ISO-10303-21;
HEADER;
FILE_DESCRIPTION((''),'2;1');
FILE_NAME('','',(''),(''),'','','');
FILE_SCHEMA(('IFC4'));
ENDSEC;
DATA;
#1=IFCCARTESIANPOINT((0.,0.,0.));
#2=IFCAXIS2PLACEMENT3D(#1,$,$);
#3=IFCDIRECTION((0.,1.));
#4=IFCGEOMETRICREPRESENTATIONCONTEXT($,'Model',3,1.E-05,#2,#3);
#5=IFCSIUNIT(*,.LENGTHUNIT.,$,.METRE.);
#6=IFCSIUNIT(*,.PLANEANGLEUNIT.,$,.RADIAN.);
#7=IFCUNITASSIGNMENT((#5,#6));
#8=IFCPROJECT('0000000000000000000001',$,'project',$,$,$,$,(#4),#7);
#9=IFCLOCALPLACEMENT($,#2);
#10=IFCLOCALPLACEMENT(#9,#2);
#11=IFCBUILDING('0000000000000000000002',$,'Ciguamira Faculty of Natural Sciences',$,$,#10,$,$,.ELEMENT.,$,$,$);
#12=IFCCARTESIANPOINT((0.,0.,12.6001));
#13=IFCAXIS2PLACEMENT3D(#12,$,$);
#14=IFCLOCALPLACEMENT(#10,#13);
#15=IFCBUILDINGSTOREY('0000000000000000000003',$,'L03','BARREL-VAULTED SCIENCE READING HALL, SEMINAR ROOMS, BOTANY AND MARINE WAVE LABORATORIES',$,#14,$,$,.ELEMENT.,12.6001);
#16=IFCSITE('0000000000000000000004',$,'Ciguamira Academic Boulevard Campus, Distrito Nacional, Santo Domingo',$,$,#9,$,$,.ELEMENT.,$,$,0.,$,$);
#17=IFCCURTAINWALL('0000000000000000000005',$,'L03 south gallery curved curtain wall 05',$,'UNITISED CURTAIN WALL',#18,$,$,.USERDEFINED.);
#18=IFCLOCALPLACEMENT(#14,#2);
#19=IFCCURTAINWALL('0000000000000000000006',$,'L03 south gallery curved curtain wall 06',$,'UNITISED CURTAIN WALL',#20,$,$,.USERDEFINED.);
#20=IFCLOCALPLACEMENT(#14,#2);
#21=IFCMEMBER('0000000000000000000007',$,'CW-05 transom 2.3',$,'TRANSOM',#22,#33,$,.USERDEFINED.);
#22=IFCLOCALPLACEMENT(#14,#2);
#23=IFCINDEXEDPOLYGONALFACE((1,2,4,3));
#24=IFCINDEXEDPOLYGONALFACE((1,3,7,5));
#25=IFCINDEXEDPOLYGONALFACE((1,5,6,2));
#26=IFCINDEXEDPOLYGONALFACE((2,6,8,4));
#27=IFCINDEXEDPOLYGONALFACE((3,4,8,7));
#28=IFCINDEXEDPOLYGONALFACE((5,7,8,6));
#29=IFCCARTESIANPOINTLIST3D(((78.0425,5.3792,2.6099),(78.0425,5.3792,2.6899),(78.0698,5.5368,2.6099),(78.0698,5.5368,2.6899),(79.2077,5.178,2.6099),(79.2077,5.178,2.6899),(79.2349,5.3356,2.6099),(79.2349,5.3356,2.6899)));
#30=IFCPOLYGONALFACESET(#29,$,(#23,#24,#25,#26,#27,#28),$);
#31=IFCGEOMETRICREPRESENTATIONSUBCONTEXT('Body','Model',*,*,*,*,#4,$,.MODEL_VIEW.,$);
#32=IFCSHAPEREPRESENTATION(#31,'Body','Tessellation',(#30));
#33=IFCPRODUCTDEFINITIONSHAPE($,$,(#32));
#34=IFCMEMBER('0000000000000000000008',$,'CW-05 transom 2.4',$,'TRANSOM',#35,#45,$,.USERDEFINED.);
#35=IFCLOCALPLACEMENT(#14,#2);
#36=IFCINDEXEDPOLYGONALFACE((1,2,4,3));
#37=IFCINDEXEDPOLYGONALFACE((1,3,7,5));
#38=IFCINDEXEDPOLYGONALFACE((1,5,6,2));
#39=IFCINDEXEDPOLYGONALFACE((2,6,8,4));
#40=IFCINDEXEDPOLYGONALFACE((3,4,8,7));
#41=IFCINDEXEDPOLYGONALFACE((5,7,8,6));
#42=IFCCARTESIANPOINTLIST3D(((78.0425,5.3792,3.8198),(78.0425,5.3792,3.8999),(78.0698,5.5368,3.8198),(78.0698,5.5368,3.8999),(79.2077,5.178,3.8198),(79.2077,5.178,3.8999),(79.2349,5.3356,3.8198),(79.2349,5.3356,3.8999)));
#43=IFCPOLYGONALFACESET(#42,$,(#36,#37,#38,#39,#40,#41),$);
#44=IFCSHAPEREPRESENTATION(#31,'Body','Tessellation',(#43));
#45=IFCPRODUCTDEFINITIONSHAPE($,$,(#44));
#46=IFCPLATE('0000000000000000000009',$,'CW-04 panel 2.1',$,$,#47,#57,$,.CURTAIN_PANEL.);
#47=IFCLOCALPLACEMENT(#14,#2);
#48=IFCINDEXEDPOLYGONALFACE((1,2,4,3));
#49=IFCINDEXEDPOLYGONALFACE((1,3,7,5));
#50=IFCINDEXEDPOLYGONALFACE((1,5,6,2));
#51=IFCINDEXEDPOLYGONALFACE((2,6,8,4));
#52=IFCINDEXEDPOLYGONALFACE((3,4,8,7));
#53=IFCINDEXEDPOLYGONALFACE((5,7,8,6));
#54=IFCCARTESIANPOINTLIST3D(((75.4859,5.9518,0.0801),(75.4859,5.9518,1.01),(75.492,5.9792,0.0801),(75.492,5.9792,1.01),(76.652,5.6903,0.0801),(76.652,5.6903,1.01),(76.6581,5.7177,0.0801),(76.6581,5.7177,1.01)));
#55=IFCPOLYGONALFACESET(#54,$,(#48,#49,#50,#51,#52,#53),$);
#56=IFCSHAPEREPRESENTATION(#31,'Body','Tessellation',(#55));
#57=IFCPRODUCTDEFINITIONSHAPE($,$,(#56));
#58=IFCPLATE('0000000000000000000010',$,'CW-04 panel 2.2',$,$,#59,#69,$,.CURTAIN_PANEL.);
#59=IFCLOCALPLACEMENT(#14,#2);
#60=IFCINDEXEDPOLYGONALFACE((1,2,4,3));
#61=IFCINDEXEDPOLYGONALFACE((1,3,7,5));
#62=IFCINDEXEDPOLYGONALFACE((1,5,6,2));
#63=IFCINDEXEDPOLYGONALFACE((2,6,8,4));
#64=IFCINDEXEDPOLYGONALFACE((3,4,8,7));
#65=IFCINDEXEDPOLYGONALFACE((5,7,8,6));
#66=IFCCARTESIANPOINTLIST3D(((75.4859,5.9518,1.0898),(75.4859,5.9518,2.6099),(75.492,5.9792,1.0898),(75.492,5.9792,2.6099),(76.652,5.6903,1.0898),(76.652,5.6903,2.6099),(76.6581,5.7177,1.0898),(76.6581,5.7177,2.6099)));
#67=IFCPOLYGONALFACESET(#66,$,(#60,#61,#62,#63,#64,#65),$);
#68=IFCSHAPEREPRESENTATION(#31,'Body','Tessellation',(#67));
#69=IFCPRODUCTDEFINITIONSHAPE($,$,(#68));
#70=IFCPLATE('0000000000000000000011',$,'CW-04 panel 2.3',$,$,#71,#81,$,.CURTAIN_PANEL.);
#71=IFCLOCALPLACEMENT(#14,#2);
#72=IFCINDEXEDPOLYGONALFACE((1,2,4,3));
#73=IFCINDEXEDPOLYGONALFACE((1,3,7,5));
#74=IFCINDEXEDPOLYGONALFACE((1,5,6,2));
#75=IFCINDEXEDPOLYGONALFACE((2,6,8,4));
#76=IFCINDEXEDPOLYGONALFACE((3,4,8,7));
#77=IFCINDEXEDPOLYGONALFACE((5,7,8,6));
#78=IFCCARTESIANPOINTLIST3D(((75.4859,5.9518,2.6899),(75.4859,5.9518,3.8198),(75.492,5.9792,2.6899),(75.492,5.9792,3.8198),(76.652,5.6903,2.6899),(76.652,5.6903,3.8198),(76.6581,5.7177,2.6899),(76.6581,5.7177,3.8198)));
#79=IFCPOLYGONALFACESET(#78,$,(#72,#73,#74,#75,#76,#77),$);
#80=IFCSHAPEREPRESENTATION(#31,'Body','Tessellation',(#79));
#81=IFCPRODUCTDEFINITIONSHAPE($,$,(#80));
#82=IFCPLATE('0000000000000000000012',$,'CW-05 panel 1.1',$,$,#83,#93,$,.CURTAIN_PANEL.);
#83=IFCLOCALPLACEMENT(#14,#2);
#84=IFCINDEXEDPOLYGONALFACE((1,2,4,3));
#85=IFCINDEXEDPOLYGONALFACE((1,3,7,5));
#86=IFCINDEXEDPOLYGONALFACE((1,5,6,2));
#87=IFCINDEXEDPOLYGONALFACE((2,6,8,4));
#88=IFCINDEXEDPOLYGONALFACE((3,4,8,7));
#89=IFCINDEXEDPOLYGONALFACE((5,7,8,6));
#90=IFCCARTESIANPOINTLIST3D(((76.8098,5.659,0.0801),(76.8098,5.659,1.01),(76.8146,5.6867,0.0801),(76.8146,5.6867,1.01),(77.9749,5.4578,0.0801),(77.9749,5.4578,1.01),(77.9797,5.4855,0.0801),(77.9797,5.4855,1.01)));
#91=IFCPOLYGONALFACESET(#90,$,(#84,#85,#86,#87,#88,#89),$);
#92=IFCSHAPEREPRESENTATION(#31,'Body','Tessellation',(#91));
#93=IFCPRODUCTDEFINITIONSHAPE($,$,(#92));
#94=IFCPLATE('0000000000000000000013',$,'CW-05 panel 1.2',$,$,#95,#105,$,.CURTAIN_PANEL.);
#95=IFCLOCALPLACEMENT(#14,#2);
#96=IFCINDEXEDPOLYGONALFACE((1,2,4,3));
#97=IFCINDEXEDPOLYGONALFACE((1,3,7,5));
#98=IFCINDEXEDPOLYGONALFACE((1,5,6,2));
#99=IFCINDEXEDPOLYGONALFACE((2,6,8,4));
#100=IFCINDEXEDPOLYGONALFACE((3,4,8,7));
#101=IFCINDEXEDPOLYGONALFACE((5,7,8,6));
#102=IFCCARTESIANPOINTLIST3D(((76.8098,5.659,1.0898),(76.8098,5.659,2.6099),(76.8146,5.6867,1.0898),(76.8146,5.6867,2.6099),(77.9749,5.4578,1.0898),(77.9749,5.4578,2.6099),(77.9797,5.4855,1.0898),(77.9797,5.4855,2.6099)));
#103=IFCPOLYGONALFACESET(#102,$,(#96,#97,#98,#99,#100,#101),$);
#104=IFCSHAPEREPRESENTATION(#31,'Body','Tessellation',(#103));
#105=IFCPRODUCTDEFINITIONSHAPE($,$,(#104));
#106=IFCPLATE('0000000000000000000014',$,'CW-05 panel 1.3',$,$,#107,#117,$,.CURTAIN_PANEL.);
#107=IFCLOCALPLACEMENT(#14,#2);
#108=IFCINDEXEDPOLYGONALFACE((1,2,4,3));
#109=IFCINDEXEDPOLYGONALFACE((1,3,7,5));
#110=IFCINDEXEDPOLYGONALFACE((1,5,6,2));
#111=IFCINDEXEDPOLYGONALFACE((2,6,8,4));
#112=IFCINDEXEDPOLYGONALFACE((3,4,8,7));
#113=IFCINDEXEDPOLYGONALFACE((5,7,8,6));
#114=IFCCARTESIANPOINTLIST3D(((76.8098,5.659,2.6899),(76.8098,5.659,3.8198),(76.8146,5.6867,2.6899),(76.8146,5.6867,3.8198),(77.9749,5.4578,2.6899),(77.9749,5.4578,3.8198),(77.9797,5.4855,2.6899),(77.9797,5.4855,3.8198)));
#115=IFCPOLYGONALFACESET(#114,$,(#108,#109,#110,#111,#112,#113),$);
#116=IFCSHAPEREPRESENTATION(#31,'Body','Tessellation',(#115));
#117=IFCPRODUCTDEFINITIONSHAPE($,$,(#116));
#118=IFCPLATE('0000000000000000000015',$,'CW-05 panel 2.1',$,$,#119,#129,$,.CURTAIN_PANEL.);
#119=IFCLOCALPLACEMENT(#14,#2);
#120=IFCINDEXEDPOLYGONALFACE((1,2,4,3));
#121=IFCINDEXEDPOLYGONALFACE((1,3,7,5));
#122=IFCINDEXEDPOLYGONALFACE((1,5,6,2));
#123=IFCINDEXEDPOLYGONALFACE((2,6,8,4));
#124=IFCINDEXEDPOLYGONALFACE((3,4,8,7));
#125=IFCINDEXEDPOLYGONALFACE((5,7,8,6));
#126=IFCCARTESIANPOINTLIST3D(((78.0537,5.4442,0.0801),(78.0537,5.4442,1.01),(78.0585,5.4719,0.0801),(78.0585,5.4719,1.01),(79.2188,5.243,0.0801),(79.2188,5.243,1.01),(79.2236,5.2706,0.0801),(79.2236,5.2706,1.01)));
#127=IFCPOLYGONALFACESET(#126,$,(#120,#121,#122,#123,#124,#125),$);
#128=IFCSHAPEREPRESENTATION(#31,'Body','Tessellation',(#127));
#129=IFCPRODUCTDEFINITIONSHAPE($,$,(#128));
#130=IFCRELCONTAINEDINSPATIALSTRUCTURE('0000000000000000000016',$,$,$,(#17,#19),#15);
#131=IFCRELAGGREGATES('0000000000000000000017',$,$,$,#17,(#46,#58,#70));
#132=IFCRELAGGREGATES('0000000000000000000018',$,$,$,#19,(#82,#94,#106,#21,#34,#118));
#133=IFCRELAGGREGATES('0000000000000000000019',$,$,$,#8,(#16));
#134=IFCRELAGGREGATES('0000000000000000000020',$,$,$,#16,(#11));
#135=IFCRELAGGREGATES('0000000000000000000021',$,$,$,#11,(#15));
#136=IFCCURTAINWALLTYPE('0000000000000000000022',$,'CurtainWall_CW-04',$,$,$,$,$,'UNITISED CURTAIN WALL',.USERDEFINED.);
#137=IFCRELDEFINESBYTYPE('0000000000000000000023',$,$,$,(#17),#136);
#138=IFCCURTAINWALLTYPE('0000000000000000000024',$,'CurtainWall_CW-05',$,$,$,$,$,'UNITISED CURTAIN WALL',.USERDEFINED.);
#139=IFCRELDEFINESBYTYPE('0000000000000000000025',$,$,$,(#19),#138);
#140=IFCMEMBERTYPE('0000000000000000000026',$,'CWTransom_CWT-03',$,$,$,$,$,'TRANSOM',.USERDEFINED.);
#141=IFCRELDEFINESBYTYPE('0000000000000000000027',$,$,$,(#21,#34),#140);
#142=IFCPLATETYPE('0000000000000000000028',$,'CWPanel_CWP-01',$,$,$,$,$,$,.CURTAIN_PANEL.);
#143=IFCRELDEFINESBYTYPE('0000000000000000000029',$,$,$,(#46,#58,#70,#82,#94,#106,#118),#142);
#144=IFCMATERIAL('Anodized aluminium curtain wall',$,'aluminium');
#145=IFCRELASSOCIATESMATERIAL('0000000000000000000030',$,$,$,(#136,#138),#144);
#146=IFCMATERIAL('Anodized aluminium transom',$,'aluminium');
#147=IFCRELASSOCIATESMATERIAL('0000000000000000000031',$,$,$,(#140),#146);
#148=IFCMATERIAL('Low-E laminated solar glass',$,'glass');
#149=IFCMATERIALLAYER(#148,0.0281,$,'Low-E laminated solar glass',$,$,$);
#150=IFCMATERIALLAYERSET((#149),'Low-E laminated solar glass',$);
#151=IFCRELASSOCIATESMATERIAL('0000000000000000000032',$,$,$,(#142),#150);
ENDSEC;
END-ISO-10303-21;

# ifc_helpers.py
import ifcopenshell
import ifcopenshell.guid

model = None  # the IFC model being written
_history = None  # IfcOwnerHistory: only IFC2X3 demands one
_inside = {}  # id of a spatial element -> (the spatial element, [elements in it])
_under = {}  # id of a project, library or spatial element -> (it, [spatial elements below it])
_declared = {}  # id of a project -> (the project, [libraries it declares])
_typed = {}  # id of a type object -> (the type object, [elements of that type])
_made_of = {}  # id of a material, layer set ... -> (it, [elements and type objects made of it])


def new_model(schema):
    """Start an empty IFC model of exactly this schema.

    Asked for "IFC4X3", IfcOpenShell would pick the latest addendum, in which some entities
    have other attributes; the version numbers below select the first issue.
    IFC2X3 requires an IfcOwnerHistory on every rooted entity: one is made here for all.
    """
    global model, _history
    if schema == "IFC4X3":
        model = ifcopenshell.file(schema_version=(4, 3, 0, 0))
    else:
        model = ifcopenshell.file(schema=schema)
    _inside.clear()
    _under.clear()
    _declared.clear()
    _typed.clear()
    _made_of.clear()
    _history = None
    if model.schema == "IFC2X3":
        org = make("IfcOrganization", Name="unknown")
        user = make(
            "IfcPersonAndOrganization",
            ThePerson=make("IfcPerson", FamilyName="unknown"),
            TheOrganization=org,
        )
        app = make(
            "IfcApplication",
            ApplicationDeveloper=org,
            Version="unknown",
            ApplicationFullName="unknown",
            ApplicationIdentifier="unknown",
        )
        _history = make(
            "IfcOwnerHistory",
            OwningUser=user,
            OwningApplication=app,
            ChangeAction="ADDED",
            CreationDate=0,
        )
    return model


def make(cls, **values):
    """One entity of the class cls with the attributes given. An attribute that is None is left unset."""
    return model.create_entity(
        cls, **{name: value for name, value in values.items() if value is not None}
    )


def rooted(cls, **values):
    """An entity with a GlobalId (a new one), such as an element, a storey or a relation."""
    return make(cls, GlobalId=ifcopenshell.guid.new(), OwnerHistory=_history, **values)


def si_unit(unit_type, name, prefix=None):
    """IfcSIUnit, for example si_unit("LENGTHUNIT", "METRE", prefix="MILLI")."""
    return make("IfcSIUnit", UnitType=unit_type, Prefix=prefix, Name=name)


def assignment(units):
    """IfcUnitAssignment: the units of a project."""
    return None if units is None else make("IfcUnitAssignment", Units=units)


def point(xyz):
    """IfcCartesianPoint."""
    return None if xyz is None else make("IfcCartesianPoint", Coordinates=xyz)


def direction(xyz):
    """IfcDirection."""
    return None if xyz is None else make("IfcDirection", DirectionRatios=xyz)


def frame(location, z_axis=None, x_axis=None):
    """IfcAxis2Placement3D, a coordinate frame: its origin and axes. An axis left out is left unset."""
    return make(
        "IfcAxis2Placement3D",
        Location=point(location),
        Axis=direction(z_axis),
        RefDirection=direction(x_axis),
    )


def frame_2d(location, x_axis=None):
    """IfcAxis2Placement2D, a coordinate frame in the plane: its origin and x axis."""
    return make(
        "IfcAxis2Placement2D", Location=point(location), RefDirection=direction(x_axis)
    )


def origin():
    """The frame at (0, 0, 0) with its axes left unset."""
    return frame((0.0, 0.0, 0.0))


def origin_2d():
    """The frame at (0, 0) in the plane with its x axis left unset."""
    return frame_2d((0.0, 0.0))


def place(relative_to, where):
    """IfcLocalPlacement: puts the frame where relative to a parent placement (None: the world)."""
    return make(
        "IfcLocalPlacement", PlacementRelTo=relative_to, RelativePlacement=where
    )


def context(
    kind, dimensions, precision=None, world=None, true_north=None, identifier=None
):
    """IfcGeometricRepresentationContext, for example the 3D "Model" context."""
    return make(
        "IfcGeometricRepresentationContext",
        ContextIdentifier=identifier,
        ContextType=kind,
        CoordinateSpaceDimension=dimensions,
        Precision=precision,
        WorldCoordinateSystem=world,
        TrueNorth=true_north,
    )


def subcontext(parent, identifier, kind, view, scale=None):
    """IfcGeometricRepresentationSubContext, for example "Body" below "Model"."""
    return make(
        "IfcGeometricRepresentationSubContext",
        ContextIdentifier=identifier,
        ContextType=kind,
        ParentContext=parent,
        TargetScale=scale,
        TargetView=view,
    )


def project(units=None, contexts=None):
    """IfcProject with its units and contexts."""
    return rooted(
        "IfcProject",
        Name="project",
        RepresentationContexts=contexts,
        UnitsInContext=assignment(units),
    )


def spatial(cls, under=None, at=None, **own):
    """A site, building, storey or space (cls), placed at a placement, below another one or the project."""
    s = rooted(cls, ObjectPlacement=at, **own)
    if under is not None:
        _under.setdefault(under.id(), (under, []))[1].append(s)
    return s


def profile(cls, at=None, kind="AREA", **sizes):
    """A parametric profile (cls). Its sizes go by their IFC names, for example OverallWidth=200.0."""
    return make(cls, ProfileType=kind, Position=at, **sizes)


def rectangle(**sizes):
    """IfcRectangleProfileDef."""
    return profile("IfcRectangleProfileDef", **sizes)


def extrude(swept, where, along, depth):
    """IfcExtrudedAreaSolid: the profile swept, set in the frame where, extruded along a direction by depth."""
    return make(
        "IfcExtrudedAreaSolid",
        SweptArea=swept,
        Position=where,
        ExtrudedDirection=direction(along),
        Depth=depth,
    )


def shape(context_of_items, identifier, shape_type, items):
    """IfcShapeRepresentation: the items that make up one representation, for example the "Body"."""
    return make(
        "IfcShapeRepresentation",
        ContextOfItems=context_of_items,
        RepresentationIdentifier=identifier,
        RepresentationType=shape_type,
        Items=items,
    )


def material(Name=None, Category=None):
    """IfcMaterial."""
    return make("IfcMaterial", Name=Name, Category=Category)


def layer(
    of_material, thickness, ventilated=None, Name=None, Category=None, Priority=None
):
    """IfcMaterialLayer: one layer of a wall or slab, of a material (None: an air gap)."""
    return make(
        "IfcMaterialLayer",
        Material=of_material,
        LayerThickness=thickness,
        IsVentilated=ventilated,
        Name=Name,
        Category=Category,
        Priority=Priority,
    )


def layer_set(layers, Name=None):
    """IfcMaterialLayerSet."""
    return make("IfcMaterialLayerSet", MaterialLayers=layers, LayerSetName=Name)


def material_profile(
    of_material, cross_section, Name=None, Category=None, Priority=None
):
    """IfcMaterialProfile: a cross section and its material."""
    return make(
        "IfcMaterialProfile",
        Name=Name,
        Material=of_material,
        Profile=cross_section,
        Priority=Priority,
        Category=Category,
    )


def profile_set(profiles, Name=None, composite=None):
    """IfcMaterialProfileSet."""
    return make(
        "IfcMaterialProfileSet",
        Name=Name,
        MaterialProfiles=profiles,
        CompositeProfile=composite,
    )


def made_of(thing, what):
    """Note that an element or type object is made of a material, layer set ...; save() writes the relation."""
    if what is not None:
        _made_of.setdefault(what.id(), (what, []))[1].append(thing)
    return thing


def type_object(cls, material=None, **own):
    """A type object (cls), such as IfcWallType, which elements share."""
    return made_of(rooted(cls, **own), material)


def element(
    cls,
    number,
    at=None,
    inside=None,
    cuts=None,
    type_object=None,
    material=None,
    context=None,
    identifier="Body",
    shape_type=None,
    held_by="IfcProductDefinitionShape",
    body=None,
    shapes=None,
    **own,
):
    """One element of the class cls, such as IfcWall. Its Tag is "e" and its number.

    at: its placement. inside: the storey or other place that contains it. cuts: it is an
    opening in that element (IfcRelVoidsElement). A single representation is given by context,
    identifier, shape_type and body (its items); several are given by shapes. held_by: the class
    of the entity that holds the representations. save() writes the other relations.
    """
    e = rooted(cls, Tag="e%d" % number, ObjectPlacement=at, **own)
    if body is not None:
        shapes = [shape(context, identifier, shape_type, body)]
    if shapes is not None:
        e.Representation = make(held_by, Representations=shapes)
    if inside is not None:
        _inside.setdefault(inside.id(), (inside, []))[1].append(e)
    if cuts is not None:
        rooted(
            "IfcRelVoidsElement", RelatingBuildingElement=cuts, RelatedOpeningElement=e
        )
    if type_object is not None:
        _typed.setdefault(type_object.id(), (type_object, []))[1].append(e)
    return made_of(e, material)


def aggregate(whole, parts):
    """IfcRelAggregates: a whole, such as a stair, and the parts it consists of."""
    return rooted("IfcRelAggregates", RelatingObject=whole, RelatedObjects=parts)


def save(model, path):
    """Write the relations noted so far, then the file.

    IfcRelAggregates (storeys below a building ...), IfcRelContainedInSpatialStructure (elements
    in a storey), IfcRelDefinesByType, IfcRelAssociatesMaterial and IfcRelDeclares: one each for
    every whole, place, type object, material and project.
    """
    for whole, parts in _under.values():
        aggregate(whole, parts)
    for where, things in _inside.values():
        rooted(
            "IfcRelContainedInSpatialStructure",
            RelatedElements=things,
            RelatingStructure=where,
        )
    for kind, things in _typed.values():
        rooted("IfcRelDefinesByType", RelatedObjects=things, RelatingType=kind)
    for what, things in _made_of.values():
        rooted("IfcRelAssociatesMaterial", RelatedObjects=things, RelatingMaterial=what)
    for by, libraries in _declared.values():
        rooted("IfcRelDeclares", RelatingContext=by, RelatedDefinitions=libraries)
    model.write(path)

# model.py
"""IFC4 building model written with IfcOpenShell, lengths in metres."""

from ifc_helpers import new_model, si_unit, direction, frame, origin, origin_2d, place, context, subcontext, project, spatial, rectangle, extrude, material, layer, layer_set, material_profile, profile_set, type_object, element, aggregate, save


model = new_model("IFC4")

# Units and contexts
model_context = context("Model", 3, precision=1e-05, world=origin(), true_north=direction((0.0, 1.0)))
body_context = subcontext(model_context, "Body", "Model", "MODEL_VIEW")
ifc_project = project(units=[si_unit("LENGTHUNIT", "METRE"), si_unit("PLANEANGLEUNIT", "RADIAN")], contexts=[model_context])

# Site, building, storey
site_placement = place(None, origin())
site = spatial("IfcSite", under=ifc_project, at=site_placement, Name="Ciguamira Academic Boulevard Campus, Distrito Nacional, Santo Domingo", CompositionType="ELEMENT", RefElevation=0.0)
building_placement = place(site_placement, origin())
building = spatial("IfcBuilding", under=site, at=building_placement, Name="Ciguamira Faculty of Natural Sciences", CompositionType="ELEMENT")
storey_placement = place(building_placement, frame((0.0, 0.0, 12.6001)))
storey = spatial("IfcBuildingStorey", under=building, at=storey_placement, Name="L03", Description="BARREL-VAULTED SCIENCE READING HALL, SEMINAR ROOMS, BOTANY AND MARINE WAVE LABORATORIES", CompositionType="ELEMENT", Elevation=12.6001)

# Curtain wall
ifc_material_1 = material(Name="Anodized aluminium curtain wall", Category="aluminium")
curtain_wall_type_1 = type_object("IfcCurtainWallType", Name="CurtainWall_CW-04", ElementType="UNITISED CURTAIN WALL", PredefinedType="USERDEFINED", material=ifc_material_1)
curtain_wall_1_placement = place(storey_placement, origin())
curtain_wall_1 = element("IfcCurtainWall", 1, at=curtain_wall_1_placement, inside=storey, type_object=curtain_wall_type_1, Name="L03 south gallery curved curtain wall 05", ObjectType="UNITISED CURTAIN WALL", PredefinedType="USERDEFINED")

# Curtain wall
curtain_wall_type_2 = type_object("IfcCurtainWallType", Name="CurtainWall_CW-05", ElementType="UNITISED CURTAIN WALL", PredefinedType="USERDEFINED", material=ifc_material_1)
curtain_wall_2_placement = place(storey_placement, origin())
curtain_wall_2 = element("IfcCurtainWall", 2, at=curtain_wall_2_placement, inside=storey, type_object=curtain_wall_type_2, Name="L03 south gallery curved curtain wall 06", ObjectType="UNITISED CURTAIN WALL", PredefinedType="USERDEFINED")

# Members
ifc_material_2 = material(Name="Anodized aluminium transom", Category="aluminium")
ifc_material_profile_1 = material_profile(ifc_material_2, rectangle(XDim=0.0801, YDim=0.1599, at=origin_2d()), Name="ALU-TRN-80X160")
ifc_profile_set_1 = profile_set([ifc_material_profile_1], Name="Anodized aluminium transom")
member_type_1 = type_object("IfcMemberType", Name="CWTransom_CWT-03", ElementType="TRANSOM", PredefinedType="USERDEFINED", material=ifc_profile_set_1)
member_1_placement = place(storey_placement, frame((78.0562, 5.458, 2.6499), z_axis=(0.985417, -0.170156, 0.0), x_axis=(0.0, 0.0, 1.0)))
member_1 = element("IfcMember", 3, at=member_1_placement, type_object=member_type_1, Name="CW-05 transom 2.3", ObjectType="TRANSOM", PredefinedType="USERDEFINED", context=body_context, shape_type="SweptSolid", body=[
    extrude(rectangle(XDim=0.0801, YDim=0.1599, at=origin_2d()), origin(), (0.0, 0.0, 1.0), 1.1824),
])
member_2_placement = place(storey_placement, frame((78.0562, 5.458, 3.8599), z_axis=(0.985417, -0.170156, 0.0), x_axis=(0.0, 0.0, 1.0)))
member_2 = element("IfcMember", 4, at=member_2_placement, type_object=member_type_1, Name="CW-05 transom 2.4", ObjectType="TRANSOM", PredefinedType="USERDEFINED", context=body_context, shape_type="SweptSolid", body=[
    extrude(rectangle(XDim=0.0801, YDim=0.1599, at=origin_2d()), origin(), (0.0, 0.0, 1.0), 1.1824),
])

# Plates
ifc_material_3 = material(Name="Low-E laminated solar glass", Category="glass")
ifc_layer = layer(ifc_material_3, 0.0281, Name="Low-E laminated solar glass")
ifc_layer_set = layer_set([ifc_layer], Name="Low-E laminated solar glass")
plate_type = type_object("IfcPlateType", Name="CWPanel_CWP-01", PredefinedType="CURTAIN_PANEL", material=ifc_layer_set)
plate_1_placement = place(storey_placement, frame((76.072, 5.8347, 0.0801), z_axis=(0.0, 0.0, 1.0), x_axis=(0.975763, -0.21883, 0.0)))
plate_1 = element("IfcPlate", 5, at=plate_1_placement, type_object=plate_type, Name="CW-04 panel 2.1", PredefinedType="CURTAIN_PANEL", context=body_context, shape_type="SweptSolid", body=[
    extrude(rectangle(XDim=1.1951, YDim=0.0281, at=origin_2d()), origin(), (0.0, 0.0, 1.0), 0.9299),
])
plate_2_placement = place(storey_placement, frame((76.072, 5.8347, 1.0898), z_axis=(0.0, 0.0, 1.0), x_axis=(0.975763, -0.21883, 0.0)))
plate_2 = element("IfcPlate", 6, at=plate_2_placement, type_object=plate_type, Name="CW-04 panel 2.2", PredefinedType="CURTAIN_PANEL", context=body_context, shape_type="SweptSolid", body=[
    extrude(rectangle(XDim=1.1951, YDim=0.0281, at=origin_2d()), origin(), (0.0, 0.0, 1.0), 1.52),
])
plate_3_placement = place(storey_placement, frame((76.072, 5.8347, 2.6899), z_axis=(0.0, 0.0, 1.0), x_axis=(0.975763, -0.21883, 0.0)))
plate_3 = element("IfcPlate", 7, at=plate_3_placement, type_object=plate_type, Name="CW-04 panel 2.3", PredefinedType="CURTAIN_PANEL", context=body_context, shape_type="SweptSolid", body=[
    extrude(rectangle(XDim=1.1951, YDim=0.0281, at=origin_2d()), origin(), (0.0, 0.0, 1.0), 1.1299),
])
aggregate(curtain_wall_1, [plate_1, plate_2, plate_3])
plate_4_placement = place(storey_placement, frame((77.3948, 5.5723, 0.0801), z_axis=(0.0, 0.0, 1.0), x_axis=(0.985411, -0.170192, 0.0)))
plate_4 = element("IfcPlate", 8, at=plate_4_placement, type_object=plate_type, Name="CW-05 panel 1.1", PredefinedType="CURTAIN_PANEL", context=body_context, shape_type="SweptSolid", body=[
    extrude(rectangle(XDim=1.1824, YDim=0.0281, at=origin_2d()), origin(), (0.0, 0.0, 1.0), 0.9299),
])
plate_5_placement = place(storey_placement, frame((77.3948, 5.5723, 1.0898), z_axis=(0.0, 0.0, 1.0), x_axis=(0.985411, -0.170192, 0.0)))
plate_5 = element("IfcPlate", 9, at=plate_5_placement, type_object=plate_type, Name="CW-05 panel 1.2", PredefinedType="CURTAIN_PANEL", context=body_context, shape_type="SweptSolid", body=[
    extrude(rectangle(XDim=1.1824, YDim=0.0281, at=origin_2d()), origin(), (0.0, 0.0, 1.0), 1.52),
])
plate_6_placement = place(storey_placement, frame((77.3948, 5.5723, 2.6899), z_axis=(0.0, 0.0, 1.0), x_axis=(0.985411, -0.170192, 0.0)))
plate_6 = element("IfcPlate", 10, at=plate_6_placement, type_object=plate_type, Name="CW-05 panel 1.3", PredefinedType="CURTAIN_PANEL", context=body_context, shape_type="SweptSolid", body=[
    extrude(rectangle(XDim=1.1824, YDim=0.0281, at=origin_2d()), origin(), (0.0, 0.0, 1.0), 1.1299),
])
plate_7_placement = place(storey_placement, frame((78.6387, 5.3574, 0.0801), z_axis=(0.0, 0.0, 1.0), x_axis=(0.985411, -0.170192, 0.0)))
plate_7 = element("IfcPlate", 11, at=plate_7_placement, type_object=plate_type, Name="CW-05 panel 2.1", PredefinedType="CURTAIN_PANEL", context=body_context, shape_type="SweptSolid", body=[
    extrude(rectangle(XDim=1.1824, YDim=0.0281, at=origin_2d()), origin(), (0.0, 0.0, 1.0), 0.9299),
])
aggregate(curtain_wall_2, [plate_4, plate_5, plate_6, member_1, member_2, plate_7])

save(model, "model.ifc")
